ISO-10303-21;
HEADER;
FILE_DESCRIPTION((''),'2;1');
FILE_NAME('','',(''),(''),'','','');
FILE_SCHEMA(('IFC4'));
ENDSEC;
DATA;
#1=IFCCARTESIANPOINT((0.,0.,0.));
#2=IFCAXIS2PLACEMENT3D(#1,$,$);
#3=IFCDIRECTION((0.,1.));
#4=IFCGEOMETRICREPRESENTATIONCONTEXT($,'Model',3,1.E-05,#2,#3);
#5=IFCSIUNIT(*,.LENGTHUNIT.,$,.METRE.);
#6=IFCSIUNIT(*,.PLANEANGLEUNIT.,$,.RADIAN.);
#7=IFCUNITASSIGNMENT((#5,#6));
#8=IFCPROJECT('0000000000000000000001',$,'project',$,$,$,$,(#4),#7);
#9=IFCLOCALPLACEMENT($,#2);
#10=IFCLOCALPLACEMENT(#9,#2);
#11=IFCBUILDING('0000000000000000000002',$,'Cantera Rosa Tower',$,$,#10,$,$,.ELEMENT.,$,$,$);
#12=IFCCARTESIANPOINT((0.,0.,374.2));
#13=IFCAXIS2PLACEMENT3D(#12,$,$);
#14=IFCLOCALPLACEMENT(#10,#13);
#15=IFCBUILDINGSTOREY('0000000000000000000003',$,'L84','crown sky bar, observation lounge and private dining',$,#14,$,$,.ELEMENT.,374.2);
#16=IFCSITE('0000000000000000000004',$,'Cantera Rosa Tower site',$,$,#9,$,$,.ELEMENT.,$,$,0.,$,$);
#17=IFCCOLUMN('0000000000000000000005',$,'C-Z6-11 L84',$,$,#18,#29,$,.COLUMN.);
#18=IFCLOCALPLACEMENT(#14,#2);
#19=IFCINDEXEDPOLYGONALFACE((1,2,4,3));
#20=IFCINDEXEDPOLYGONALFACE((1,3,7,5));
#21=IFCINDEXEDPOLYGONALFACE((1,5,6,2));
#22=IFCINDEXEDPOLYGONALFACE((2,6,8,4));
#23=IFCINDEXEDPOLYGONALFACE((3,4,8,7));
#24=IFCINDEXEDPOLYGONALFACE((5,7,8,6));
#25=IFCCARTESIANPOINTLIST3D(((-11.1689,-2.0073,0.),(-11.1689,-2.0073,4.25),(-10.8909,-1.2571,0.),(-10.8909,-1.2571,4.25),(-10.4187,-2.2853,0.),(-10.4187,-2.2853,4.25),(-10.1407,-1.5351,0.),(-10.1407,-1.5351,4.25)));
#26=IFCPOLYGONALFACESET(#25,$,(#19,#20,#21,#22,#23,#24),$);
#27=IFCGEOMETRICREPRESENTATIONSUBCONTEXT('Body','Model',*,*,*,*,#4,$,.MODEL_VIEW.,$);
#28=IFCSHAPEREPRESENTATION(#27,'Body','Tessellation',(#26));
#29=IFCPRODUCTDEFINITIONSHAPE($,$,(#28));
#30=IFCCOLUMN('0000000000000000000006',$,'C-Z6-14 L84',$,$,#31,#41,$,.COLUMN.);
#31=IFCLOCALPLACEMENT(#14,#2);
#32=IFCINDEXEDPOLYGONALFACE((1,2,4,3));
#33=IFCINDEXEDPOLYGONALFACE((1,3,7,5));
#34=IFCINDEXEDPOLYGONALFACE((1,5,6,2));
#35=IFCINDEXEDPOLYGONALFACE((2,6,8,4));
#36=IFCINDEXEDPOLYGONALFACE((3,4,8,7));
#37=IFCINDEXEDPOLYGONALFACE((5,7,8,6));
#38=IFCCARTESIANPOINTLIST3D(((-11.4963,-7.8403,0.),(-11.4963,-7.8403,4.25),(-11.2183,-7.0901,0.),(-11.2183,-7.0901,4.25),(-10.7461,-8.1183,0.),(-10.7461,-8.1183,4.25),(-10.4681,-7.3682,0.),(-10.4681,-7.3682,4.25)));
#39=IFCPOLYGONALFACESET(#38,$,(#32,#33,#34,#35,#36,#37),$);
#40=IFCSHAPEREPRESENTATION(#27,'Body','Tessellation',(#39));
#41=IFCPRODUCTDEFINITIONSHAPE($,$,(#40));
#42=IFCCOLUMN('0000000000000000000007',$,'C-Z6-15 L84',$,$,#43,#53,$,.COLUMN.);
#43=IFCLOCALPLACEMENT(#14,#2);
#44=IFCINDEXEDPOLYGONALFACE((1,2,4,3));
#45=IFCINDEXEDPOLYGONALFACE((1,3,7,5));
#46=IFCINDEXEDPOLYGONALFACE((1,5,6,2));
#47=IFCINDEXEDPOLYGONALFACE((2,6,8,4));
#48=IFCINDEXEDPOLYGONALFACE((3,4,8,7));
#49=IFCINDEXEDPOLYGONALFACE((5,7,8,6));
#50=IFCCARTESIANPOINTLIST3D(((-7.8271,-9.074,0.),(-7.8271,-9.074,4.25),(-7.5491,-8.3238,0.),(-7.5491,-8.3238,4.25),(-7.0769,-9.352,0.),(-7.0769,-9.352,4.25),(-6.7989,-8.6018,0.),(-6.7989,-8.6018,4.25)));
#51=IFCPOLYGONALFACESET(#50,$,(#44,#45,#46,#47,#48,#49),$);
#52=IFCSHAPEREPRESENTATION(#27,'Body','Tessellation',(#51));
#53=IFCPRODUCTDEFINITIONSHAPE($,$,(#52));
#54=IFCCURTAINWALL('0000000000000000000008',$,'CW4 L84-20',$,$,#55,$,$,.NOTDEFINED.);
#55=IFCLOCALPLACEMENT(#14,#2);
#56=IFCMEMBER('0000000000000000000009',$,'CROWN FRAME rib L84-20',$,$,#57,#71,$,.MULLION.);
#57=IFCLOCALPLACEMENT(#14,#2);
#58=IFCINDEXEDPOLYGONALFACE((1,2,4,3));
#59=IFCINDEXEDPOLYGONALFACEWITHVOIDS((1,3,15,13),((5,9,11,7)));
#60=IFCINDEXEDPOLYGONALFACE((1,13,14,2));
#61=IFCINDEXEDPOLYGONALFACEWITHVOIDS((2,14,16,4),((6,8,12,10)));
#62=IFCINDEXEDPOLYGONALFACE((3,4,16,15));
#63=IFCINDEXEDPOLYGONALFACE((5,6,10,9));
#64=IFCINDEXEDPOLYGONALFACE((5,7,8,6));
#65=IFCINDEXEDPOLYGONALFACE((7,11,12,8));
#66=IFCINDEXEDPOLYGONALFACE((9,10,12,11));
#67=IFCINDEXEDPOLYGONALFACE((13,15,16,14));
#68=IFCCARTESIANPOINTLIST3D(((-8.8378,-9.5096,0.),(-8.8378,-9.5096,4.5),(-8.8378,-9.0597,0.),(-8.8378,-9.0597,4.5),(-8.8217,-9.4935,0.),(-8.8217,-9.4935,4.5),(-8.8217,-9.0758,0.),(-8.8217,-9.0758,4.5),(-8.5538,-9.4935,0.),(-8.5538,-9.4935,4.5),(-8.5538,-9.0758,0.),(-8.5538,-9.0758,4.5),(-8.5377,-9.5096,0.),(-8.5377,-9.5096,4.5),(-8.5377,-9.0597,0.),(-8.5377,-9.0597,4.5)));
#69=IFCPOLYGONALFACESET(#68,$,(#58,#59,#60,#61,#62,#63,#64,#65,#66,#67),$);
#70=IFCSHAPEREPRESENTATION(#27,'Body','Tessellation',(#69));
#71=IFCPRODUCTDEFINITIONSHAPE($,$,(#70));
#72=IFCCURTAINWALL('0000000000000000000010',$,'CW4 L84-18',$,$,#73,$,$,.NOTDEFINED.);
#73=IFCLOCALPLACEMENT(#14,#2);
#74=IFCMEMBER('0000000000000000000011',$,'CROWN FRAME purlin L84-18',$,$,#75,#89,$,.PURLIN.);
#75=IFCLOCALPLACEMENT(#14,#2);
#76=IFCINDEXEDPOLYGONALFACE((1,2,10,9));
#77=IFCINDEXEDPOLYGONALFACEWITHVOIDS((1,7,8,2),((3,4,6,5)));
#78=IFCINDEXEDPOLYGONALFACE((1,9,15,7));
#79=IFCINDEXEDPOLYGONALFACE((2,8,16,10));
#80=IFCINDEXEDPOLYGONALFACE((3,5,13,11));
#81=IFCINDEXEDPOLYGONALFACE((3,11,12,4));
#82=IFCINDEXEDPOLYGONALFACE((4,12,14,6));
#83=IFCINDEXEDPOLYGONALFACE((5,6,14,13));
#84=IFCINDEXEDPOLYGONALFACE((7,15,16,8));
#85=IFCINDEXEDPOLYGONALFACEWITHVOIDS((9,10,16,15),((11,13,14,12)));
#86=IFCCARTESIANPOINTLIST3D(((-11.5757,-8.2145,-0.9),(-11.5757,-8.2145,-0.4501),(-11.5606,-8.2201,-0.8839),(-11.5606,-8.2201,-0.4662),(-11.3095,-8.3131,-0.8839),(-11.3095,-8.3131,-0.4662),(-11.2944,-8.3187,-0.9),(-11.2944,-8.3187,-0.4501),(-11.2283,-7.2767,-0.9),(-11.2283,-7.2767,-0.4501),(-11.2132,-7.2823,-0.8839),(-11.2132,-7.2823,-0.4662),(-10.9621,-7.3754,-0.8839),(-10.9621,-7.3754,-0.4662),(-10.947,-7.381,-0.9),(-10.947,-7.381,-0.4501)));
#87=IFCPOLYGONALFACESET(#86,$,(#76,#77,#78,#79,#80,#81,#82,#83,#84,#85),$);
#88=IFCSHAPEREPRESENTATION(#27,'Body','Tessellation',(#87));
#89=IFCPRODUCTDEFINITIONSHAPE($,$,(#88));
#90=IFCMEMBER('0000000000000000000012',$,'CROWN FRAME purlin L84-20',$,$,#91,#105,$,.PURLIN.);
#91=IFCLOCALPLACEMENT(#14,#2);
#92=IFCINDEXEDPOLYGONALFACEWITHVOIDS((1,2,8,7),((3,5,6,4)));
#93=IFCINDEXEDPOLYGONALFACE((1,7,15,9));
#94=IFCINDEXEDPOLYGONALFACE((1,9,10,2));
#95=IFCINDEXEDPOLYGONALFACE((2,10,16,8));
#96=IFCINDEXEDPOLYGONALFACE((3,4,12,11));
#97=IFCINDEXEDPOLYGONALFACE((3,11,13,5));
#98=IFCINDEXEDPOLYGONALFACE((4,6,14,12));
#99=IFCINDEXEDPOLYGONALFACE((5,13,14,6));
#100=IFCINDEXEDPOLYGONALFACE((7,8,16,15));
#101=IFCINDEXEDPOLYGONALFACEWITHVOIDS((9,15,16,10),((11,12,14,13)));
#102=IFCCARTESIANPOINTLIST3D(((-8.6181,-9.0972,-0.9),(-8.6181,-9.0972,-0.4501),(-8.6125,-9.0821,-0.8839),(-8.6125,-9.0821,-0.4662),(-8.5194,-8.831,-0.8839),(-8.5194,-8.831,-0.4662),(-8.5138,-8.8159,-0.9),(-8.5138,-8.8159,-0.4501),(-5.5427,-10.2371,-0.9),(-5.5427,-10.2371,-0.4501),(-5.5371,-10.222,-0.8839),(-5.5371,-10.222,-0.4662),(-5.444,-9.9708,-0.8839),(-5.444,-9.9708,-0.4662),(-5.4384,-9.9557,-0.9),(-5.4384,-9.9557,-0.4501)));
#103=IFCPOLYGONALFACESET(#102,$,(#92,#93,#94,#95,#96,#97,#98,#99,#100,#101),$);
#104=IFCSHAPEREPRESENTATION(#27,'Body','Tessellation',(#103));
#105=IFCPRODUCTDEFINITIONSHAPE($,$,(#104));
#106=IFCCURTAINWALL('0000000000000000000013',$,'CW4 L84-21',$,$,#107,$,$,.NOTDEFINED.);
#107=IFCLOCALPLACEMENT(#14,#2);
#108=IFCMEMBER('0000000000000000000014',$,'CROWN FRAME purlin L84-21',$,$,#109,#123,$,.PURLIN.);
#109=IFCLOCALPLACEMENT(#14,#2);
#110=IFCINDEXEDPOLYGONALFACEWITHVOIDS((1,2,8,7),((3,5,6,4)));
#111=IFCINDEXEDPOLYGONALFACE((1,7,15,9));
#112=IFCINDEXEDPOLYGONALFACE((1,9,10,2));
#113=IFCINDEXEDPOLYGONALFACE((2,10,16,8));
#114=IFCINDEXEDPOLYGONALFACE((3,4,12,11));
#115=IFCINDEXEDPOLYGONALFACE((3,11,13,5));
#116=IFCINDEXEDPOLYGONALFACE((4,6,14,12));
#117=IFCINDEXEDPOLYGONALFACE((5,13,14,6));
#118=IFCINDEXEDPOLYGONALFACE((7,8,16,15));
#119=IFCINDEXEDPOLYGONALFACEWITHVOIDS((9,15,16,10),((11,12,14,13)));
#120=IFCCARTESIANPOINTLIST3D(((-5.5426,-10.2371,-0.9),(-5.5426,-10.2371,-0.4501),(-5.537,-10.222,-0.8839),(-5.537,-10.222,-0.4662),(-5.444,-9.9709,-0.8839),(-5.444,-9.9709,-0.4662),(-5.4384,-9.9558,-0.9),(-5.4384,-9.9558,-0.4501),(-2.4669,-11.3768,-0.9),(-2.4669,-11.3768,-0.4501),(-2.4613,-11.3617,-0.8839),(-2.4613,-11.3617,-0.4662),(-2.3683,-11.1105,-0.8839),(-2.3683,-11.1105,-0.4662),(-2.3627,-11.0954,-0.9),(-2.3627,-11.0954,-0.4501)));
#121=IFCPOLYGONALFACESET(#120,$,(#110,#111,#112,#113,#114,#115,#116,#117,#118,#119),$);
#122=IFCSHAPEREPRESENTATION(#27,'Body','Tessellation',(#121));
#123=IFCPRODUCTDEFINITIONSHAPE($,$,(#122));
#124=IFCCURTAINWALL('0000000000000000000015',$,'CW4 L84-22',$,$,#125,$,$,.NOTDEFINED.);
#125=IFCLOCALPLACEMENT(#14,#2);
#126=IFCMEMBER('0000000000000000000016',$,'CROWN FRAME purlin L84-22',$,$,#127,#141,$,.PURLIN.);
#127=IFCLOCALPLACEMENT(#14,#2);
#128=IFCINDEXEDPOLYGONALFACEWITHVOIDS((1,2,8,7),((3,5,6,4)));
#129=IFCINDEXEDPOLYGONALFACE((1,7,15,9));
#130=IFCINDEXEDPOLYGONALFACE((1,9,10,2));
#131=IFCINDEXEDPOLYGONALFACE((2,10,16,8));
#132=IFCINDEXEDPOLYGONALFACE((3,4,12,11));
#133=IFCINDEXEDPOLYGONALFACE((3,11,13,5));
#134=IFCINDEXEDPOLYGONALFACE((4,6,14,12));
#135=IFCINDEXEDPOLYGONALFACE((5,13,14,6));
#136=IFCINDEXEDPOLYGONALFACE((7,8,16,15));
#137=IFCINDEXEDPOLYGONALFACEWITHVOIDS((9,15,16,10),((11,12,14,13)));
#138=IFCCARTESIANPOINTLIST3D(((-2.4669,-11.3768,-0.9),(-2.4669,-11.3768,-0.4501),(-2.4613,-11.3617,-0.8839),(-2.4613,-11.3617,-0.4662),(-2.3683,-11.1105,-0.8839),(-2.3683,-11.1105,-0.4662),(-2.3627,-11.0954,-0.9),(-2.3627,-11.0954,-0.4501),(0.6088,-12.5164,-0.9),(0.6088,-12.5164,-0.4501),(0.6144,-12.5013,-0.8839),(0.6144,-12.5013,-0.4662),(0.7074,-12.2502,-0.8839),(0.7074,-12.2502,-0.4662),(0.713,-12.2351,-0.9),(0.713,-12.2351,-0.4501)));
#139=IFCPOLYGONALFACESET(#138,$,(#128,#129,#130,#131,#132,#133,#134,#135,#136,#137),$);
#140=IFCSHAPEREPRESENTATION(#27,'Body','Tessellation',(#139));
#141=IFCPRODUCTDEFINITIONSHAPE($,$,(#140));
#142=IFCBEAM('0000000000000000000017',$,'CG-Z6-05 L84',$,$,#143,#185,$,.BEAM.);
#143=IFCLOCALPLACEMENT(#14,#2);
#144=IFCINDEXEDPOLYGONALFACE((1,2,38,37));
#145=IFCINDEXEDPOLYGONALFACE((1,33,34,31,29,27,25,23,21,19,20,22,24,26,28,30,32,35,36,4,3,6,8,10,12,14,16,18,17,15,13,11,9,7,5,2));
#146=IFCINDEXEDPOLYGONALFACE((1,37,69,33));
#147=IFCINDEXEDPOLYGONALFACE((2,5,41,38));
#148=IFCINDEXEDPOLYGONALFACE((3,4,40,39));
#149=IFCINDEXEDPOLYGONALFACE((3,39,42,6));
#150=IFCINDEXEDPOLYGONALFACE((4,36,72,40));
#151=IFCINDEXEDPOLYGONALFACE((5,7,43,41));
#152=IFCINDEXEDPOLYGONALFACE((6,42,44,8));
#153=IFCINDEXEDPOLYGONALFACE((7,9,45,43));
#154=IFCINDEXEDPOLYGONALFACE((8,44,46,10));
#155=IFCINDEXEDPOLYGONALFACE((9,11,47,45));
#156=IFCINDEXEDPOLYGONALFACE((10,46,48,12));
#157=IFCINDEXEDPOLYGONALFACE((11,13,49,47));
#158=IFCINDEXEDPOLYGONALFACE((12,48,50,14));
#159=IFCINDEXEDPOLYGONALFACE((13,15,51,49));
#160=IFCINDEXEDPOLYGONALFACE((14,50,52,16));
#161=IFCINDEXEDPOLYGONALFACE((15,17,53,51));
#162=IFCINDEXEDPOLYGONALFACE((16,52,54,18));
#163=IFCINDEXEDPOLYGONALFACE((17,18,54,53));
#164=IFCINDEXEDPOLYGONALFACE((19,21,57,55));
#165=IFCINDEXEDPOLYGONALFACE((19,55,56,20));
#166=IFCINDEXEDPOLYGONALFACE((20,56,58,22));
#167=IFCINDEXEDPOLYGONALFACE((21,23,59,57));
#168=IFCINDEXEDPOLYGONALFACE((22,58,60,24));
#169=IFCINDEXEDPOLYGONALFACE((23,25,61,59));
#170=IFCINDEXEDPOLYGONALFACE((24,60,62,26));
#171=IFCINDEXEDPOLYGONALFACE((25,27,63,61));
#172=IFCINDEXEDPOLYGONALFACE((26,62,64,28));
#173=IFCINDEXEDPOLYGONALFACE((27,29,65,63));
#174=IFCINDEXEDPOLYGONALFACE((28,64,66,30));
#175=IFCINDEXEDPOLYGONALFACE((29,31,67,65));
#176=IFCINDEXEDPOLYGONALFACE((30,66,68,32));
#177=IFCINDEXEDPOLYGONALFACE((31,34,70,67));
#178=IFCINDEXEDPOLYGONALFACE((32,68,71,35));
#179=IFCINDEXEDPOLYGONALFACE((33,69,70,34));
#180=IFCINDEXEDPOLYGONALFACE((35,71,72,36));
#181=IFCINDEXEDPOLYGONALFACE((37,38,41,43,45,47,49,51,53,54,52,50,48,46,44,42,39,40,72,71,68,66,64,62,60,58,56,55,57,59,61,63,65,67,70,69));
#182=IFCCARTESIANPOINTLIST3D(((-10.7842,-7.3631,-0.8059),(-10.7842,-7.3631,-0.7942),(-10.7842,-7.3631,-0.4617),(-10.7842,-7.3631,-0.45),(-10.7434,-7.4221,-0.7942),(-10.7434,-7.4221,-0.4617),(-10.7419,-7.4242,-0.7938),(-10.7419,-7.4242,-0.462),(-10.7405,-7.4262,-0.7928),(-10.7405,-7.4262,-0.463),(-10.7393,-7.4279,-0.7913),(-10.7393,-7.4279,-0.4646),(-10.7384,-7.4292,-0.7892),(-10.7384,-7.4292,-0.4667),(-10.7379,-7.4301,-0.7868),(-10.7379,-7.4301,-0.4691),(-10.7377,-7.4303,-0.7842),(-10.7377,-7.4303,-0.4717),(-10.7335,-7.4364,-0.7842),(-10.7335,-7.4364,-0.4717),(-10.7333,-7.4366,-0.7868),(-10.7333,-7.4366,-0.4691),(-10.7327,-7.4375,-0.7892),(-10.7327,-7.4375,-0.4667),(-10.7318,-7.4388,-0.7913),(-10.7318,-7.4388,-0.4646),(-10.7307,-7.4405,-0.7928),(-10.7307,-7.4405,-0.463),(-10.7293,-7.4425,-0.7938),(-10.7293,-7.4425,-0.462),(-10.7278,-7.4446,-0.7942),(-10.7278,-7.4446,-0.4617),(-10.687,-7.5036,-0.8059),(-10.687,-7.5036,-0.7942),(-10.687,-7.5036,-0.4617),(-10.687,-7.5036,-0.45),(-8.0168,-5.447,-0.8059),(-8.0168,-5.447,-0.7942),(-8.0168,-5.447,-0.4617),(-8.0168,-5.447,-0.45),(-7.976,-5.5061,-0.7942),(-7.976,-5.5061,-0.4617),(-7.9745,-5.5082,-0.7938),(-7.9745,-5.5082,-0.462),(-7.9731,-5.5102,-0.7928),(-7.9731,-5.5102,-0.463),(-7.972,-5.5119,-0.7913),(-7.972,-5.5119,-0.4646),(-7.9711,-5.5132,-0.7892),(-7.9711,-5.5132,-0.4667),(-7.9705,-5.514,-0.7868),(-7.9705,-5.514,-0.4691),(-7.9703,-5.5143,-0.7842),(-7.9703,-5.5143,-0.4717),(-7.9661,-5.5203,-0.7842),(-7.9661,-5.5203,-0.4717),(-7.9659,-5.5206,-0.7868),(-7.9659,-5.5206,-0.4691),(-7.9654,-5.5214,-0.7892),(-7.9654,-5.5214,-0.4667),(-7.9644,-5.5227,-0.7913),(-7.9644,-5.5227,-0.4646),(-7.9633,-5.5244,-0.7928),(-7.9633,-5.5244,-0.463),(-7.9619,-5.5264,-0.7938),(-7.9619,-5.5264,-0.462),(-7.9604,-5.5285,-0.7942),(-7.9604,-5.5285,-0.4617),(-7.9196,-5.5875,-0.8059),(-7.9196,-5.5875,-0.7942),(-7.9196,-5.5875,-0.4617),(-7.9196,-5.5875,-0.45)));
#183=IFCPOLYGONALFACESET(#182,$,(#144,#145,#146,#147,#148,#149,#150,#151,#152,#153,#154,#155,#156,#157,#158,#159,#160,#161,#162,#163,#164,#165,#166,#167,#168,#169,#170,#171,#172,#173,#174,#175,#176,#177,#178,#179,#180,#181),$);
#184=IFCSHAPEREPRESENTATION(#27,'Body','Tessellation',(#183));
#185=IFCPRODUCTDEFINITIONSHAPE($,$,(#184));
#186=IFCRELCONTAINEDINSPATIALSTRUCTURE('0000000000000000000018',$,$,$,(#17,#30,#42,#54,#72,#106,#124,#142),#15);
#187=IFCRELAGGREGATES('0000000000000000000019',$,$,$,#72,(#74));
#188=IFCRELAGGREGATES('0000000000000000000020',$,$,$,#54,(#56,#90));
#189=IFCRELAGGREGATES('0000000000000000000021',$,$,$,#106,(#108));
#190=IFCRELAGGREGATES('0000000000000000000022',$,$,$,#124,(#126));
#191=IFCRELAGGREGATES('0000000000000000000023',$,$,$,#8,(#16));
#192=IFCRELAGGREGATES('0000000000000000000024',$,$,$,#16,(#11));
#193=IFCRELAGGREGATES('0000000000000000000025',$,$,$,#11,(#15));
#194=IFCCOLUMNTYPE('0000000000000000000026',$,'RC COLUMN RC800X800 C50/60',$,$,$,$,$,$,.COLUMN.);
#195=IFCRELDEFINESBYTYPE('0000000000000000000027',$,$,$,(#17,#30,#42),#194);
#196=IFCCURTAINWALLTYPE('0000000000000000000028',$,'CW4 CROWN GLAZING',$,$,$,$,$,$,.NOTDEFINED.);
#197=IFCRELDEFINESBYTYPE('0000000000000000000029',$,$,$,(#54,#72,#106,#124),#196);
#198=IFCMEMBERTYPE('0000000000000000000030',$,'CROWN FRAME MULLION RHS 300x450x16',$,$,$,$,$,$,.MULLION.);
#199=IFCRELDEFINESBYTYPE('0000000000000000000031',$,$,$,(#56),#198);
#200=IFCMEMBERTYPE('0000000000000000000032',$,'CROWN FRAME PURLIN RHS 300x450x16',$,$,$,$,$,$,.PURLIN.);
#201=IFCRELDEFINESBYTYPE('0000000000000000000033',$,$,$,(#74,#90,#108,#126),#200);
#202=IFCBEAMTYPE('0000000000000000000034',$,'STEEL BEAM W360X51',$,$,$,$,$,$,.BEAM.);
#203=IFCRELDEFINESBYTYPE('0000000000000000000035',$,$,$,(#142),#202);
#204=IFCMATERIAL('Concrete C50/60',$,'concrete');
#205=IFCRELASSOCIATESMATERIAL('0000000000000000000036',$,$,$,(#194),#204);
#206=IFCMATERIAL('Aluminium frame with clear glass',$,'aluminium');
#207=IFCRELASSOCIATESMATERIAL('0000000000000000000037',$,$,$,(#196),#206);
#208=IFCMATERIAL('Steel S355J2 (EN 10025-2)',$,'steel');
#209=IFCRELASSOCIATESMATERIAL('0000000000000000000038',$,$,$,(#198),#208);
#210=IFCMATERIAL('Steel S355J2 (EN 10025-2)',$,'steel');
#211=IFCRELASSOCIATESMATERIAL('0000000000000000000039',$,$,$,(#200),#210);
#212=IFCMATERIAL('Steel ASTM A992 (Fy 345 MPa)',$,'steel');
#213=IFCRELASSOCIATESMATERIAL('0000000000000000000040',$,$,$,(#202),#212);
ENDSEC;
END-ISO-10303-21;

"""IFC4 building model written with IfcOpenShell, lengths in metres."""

from ifc_helpers import new_model, si_unit, direction, frame, origin, origin_2d, place, context, subcontext, project, spatial, rectangle, hollow_rectangle, i_section, extrude, material, material_profile, profile_set, type_object, element, aggregate, save


model = new_model("IFC4")

# Units and contexts
model_context = context("Model", 3, precision=1e-05, world=origin(), true_north=direction((0.0, 1.0)))
body_context = subcontext(model_context, "Body", "Model", "MODEL_VIEW")
ifc_project = project(units=[si_unit("LENGTHUNIT", "METRE"), si_unit("PLANEANGLEUNIT", "RADIAN")], contexts=[model_context])

# Site, building, storey
site_placement = place(None, origin())
site = spatial("IfcSite", under=ifc_project, at=site_placement, Name="Cantera Rosa Tower site", CompositionType="ELEMENT", RefElevation=0.0)
building_placement = place(site_placement, origin())
building = spatial("IfcBuilding", under=site, at=building_placement, Name="Cantera Rosa Tower", CompositionType="ELEMENT")
storey_placement = place(building_placement, frame((0.0, 0.0, 374.2)))
storey = spatial("IfcBuildingStorey", under=building, at=storey_placement, Name="L84", Description="crown sky bar, observation lounge and private dining", CompositionType="ELEMENT", Elevation=374.2)

# Columns
ifc_material_1 = material(Name="Concrete C50/60", Category="concrete")
ifc_material_profile_1 = material_profile(ifc_material_1, rectangle(XDim=0.8, YDim=0.8, at=origin_2d()), Name="RC COLUMN RC800X800 C50/60")
ifc_profile_set_1 = profile_set([ifc_material_profile_1], Name="Concrete C50/60")
column_type = type_object("IfcColumnType", Name="RC COLUMN RC800X800 C50/60", PredefinedType="COLUMN", material=ifc_profile_set_1)
for number, where, z_axis, x_axis, name in (
    (1, (-10.6548, -1.7712, 0.0), (0.0, 0.0, 1.0), (0.347481, 0.937687, 0.0), "C-Z6-11 L84"),
    (2, (-10.9822, -7.6042, 0.0), (0.0, 0.0, 1.0), (0.347481, 0.937687, 0.0), "C-Z6-14 L84"),
    (3, (-7.313, -8.8379, 0.0), (0.0, 0.0, 1.0), (0.347481, 0.937687, 0.0), "C-Z6-15 L84"),
):
    element("IfcColumn", number, at=place(storey_placement, frame(where, z_axis=z_axis, x_axis=x_axis)), inside=storey, type_object=column_type, Name=name, PredefinedType="COLUMN", context=body_context, shape_type="SweptSolid", body=[
        extrude(rectangle(XDim=0.8, YDim=0.8, at=origin_2d()), origin(), (0.0, 0.0, 1.0), 4.25),
    ])

# Curtain walls, members
ifc_material_2 = material(Name="Aluminium frame with clear glass", Category="aluminium")
curtain_wall_type = type_object("IfcCurtainWallType", Name="CW4 CROWN GLAZING", PredefinedType="NOTDEFINED", material=ifc_material_2)
curtain_wall_1_placement = place(storey_placement, origin())
curtain_wall_1 = element("IfcCurtainWall", 4, at=curtain_wall_1_placement, inside=storey, type_object=curtain_wall_type, Name="CW4 L84-20", PredefinedType="NOTDEFINED")
ifc_material_3 = material(Name="Steel S355J2 (EN 10025-2)", Category="steel")
ifc_material_profile_2 = material_profile(ifc_material_3, hollow_rectangle(XDim=0.3, YDim=0.45, WallThickness=0.0161, at=origin_2d()), Name="CROWN FRAME MULLION RHS 300x450x16")
ifc_profile_set_2 = profile_set([ifc_material_profile_2], Name="Steel S355J2 (EN 10025-2)")
member_type_1 = type_object("IfcMemberType", Name="CROWN FRAME MULLION RHS 300x450x16", PredefinedType="MULLION", material=ifc_profile_set_2)
member_1_placement = place(storey_placement, frame((-8.6877, -9.2847, 0.0), z_axis=(0.0, 0.0, 1.0), x_axis=(1.0, 0.0, 0.0)))
member_1 = element("IfcMember", 5, at=member_1_placement, type_object=member_type_1, Name="CROWN FRAME rib L84-20", PredefinedType="MULLION", context=body_context, shape_type="SweptSolid", body=[
    extrude(hollow_rectangle(XDim=0.3, YDim=0.45, WallThickness=0.0161, at=origin_2d()), origin(), (0.0, 0.0, 1.0), 4.5),
])
curtain_wall_2_placement = place(storey_placement, origin())
curtain_wall_2 = element("IfcCurtainWall", 6, at=curtain_wall_2_placement, inside=storey, type_object=curtain_wall_type, Name="CW4 L84-18", PredefinedType="NOTDEFINED")
ifc_material_4 = material(Name="Steel S355J2 (EN 10025-2)", Category="steel")
ifc_material_profile_3 = material_profile(ifc_material_4, hollow_rectangle(XDim=0.3, YDim=0.45, WallThickness=0.0161, at=origin_2d()), Name="CROWN FRAME PURLIN RHS 300x450x16")
ifc_profile_set_3 = profile_set([ifc_material_profile_3], Name="Steel S355J2 (EN 10025-2)")
member_type_2 = type_object("IfcMemberType", Name="CROWN FRAME PURLIN RHS 300x450x16", PredefinedType="PURLIN", material=ifc_profile_set_3)
member_2_placement = place(storey_placement, frame((-11.0876, -7.3289, -0.675), z_axis=(-0.347402, -0.937716, 0.0), x_axis=(0.937716, -0.347402, 0.0)))
member_2 = element("IfcMember", 7, at=member_2_placement, type_object=member_type_2, Name="CROWN FRAME purlin L84-18", PredefinedType="PURLIN", context=body_context, shape_type="SweptSolid", body=[
    extrude(hollow_rectangle(XDim=0.3, YDim=0.45, WallThickness=0.0161, at=origin_2d()), origin(), (0.0, 0.0, 1.0), 1.0),
])

# Member
member_3_placement = place(storey_placement, frame((-8.5659, -8.9565, -0.675), z_axis=(0.937665, -0.34754, 0.0), x_axis=(0.34754, 0.937665, 0.0)))
member_3 = element("IfcMember", 8, at=member_3_placement, type_object=member_type_2, Name="CROWN FRAME purlin L84-20", PredefinedType="PURLIN", context=body_context, shape_type="SweptSolid", body=[
    extrude(hollow_rectangle(XDim=0.3, YDim=0.45, WallThickness=0.0161, at=origin_2d()), origin(), (0.0, 0.0, 1.0), 3.2798),
])

# Curtain walls, members
curtain_wall_3_placement = place(storey_placement, origin())
curtain_wall_3 = element("IfcCurtainWall", 9, at=curtain_wall_3_placement, inside=storey, type_object=curtain_wall_type, Name="CW4 L84-21", PredefinedType="NOTDEFINED")
member_4_placement = place(storey_placement, frame((-5.4905, -10.0964, -0.675), z_axis=(0.937698, -0.34745, 0.0), x_axis=(0.34745, 0.937698, 0.0)))
member_4 = element("IfcMember", 10, at=member_4_placement, type_object=member_type_2, Name="CROWN FRAME purlin L84-21", PredefinedType="PURLIN", context=body_context, shape_type="SweptSolid", body=[
    extrude(hollow_rectangle(XDim=0.3, YDim=0.45, WallThickness=0.0161, at=origin_2d()), origin(), (0.0, 0.0, 1.0), 3.28),
])
curtain_wall_4_placement = place(storey_placement, origin())
curtain_wall_4 = element("IfcCurtainWall", 11, at=curtain_wall_4_placement, inside=storey, type_object=curtain_wall_type, Name="CW4 L84-22", PredefinedType="NOTDEFINED")
member_5_placement = place(storey_placement, frame((-2.4148, -11.2361, -0.675), z_axis=(0.937698, -0.34745, 0.0), x_axis=(0.34745, 0.937698, 0.0)))
member_5 = element("IfcMember", 12, at=member_5_placement, type_object=member_type_2, Name="CROWN FRAME purlin L84-22", PredefinedType="PURLIN", context=body_context, shape_type="SweptSolid", body=[
    extrude(hollow_rectangle(XDim=0.3, YDim=0.45, WallThickness=0.0161, at=origin_2d()), origin(), (0.0, 0.0, 1.0), 3.28),
])

# Beam
ifc_material_5 = material(Name="Steel ASTM A992 (Fy 345 MPa)", Category="steel")
ifc_material_profile_4 = material_profile(ifc_material_5, i_section(OverallWidth=0.1709, OverallDepth=0.356, WebThickness=0.0073, FlangeThickness=0.0117, FilletRadius=0.01, at=origin_2d()), Name="W360X51")
ifc_profile_set_4 = profile_set([ifc_material_profile_4], Name="Steel ASTM A992 (Fy 345 MPa)")
beam_type_1 = type_object("IfcBeamType", Name="STEEL BEAM W360X51", PredefinedType="BEAM", material=ifc_profile_set_4)
beam_1_placement = place(storey_placement, frame((-10.7356, -7.4333, -0.6279), z_axis=(0.822169, 0.569244, 0.0), x_axis=(-0.569244, 0.822169, 0.0)))
element("IfcBeam", 13, at=beam_1_placement, inside=storey, type_object=beam_type_1, Name="CG-Z6-05 L84", PredefinedType="BEAM", context=body_context, shape_type="SweptSolid", body=[
    extrude(i_section(OverallWidth=0.1709, OverallDepth=0.356, WebThickness=0.0073, FlangeThickness=0.0117, FilletRadius=0.01, at=origin_2d()), origin(), (0.0, 0.0, 1.0), 3.366),
])

aggregate(curtain_wall_2, [member_2])

aggregate(curtain_wall_1, [member_1, member_3])
aggregate(curtain_wall_3, [member_4])
aggregate(curtain_wall_4, [member_5])

save(model, "model.ifc")
